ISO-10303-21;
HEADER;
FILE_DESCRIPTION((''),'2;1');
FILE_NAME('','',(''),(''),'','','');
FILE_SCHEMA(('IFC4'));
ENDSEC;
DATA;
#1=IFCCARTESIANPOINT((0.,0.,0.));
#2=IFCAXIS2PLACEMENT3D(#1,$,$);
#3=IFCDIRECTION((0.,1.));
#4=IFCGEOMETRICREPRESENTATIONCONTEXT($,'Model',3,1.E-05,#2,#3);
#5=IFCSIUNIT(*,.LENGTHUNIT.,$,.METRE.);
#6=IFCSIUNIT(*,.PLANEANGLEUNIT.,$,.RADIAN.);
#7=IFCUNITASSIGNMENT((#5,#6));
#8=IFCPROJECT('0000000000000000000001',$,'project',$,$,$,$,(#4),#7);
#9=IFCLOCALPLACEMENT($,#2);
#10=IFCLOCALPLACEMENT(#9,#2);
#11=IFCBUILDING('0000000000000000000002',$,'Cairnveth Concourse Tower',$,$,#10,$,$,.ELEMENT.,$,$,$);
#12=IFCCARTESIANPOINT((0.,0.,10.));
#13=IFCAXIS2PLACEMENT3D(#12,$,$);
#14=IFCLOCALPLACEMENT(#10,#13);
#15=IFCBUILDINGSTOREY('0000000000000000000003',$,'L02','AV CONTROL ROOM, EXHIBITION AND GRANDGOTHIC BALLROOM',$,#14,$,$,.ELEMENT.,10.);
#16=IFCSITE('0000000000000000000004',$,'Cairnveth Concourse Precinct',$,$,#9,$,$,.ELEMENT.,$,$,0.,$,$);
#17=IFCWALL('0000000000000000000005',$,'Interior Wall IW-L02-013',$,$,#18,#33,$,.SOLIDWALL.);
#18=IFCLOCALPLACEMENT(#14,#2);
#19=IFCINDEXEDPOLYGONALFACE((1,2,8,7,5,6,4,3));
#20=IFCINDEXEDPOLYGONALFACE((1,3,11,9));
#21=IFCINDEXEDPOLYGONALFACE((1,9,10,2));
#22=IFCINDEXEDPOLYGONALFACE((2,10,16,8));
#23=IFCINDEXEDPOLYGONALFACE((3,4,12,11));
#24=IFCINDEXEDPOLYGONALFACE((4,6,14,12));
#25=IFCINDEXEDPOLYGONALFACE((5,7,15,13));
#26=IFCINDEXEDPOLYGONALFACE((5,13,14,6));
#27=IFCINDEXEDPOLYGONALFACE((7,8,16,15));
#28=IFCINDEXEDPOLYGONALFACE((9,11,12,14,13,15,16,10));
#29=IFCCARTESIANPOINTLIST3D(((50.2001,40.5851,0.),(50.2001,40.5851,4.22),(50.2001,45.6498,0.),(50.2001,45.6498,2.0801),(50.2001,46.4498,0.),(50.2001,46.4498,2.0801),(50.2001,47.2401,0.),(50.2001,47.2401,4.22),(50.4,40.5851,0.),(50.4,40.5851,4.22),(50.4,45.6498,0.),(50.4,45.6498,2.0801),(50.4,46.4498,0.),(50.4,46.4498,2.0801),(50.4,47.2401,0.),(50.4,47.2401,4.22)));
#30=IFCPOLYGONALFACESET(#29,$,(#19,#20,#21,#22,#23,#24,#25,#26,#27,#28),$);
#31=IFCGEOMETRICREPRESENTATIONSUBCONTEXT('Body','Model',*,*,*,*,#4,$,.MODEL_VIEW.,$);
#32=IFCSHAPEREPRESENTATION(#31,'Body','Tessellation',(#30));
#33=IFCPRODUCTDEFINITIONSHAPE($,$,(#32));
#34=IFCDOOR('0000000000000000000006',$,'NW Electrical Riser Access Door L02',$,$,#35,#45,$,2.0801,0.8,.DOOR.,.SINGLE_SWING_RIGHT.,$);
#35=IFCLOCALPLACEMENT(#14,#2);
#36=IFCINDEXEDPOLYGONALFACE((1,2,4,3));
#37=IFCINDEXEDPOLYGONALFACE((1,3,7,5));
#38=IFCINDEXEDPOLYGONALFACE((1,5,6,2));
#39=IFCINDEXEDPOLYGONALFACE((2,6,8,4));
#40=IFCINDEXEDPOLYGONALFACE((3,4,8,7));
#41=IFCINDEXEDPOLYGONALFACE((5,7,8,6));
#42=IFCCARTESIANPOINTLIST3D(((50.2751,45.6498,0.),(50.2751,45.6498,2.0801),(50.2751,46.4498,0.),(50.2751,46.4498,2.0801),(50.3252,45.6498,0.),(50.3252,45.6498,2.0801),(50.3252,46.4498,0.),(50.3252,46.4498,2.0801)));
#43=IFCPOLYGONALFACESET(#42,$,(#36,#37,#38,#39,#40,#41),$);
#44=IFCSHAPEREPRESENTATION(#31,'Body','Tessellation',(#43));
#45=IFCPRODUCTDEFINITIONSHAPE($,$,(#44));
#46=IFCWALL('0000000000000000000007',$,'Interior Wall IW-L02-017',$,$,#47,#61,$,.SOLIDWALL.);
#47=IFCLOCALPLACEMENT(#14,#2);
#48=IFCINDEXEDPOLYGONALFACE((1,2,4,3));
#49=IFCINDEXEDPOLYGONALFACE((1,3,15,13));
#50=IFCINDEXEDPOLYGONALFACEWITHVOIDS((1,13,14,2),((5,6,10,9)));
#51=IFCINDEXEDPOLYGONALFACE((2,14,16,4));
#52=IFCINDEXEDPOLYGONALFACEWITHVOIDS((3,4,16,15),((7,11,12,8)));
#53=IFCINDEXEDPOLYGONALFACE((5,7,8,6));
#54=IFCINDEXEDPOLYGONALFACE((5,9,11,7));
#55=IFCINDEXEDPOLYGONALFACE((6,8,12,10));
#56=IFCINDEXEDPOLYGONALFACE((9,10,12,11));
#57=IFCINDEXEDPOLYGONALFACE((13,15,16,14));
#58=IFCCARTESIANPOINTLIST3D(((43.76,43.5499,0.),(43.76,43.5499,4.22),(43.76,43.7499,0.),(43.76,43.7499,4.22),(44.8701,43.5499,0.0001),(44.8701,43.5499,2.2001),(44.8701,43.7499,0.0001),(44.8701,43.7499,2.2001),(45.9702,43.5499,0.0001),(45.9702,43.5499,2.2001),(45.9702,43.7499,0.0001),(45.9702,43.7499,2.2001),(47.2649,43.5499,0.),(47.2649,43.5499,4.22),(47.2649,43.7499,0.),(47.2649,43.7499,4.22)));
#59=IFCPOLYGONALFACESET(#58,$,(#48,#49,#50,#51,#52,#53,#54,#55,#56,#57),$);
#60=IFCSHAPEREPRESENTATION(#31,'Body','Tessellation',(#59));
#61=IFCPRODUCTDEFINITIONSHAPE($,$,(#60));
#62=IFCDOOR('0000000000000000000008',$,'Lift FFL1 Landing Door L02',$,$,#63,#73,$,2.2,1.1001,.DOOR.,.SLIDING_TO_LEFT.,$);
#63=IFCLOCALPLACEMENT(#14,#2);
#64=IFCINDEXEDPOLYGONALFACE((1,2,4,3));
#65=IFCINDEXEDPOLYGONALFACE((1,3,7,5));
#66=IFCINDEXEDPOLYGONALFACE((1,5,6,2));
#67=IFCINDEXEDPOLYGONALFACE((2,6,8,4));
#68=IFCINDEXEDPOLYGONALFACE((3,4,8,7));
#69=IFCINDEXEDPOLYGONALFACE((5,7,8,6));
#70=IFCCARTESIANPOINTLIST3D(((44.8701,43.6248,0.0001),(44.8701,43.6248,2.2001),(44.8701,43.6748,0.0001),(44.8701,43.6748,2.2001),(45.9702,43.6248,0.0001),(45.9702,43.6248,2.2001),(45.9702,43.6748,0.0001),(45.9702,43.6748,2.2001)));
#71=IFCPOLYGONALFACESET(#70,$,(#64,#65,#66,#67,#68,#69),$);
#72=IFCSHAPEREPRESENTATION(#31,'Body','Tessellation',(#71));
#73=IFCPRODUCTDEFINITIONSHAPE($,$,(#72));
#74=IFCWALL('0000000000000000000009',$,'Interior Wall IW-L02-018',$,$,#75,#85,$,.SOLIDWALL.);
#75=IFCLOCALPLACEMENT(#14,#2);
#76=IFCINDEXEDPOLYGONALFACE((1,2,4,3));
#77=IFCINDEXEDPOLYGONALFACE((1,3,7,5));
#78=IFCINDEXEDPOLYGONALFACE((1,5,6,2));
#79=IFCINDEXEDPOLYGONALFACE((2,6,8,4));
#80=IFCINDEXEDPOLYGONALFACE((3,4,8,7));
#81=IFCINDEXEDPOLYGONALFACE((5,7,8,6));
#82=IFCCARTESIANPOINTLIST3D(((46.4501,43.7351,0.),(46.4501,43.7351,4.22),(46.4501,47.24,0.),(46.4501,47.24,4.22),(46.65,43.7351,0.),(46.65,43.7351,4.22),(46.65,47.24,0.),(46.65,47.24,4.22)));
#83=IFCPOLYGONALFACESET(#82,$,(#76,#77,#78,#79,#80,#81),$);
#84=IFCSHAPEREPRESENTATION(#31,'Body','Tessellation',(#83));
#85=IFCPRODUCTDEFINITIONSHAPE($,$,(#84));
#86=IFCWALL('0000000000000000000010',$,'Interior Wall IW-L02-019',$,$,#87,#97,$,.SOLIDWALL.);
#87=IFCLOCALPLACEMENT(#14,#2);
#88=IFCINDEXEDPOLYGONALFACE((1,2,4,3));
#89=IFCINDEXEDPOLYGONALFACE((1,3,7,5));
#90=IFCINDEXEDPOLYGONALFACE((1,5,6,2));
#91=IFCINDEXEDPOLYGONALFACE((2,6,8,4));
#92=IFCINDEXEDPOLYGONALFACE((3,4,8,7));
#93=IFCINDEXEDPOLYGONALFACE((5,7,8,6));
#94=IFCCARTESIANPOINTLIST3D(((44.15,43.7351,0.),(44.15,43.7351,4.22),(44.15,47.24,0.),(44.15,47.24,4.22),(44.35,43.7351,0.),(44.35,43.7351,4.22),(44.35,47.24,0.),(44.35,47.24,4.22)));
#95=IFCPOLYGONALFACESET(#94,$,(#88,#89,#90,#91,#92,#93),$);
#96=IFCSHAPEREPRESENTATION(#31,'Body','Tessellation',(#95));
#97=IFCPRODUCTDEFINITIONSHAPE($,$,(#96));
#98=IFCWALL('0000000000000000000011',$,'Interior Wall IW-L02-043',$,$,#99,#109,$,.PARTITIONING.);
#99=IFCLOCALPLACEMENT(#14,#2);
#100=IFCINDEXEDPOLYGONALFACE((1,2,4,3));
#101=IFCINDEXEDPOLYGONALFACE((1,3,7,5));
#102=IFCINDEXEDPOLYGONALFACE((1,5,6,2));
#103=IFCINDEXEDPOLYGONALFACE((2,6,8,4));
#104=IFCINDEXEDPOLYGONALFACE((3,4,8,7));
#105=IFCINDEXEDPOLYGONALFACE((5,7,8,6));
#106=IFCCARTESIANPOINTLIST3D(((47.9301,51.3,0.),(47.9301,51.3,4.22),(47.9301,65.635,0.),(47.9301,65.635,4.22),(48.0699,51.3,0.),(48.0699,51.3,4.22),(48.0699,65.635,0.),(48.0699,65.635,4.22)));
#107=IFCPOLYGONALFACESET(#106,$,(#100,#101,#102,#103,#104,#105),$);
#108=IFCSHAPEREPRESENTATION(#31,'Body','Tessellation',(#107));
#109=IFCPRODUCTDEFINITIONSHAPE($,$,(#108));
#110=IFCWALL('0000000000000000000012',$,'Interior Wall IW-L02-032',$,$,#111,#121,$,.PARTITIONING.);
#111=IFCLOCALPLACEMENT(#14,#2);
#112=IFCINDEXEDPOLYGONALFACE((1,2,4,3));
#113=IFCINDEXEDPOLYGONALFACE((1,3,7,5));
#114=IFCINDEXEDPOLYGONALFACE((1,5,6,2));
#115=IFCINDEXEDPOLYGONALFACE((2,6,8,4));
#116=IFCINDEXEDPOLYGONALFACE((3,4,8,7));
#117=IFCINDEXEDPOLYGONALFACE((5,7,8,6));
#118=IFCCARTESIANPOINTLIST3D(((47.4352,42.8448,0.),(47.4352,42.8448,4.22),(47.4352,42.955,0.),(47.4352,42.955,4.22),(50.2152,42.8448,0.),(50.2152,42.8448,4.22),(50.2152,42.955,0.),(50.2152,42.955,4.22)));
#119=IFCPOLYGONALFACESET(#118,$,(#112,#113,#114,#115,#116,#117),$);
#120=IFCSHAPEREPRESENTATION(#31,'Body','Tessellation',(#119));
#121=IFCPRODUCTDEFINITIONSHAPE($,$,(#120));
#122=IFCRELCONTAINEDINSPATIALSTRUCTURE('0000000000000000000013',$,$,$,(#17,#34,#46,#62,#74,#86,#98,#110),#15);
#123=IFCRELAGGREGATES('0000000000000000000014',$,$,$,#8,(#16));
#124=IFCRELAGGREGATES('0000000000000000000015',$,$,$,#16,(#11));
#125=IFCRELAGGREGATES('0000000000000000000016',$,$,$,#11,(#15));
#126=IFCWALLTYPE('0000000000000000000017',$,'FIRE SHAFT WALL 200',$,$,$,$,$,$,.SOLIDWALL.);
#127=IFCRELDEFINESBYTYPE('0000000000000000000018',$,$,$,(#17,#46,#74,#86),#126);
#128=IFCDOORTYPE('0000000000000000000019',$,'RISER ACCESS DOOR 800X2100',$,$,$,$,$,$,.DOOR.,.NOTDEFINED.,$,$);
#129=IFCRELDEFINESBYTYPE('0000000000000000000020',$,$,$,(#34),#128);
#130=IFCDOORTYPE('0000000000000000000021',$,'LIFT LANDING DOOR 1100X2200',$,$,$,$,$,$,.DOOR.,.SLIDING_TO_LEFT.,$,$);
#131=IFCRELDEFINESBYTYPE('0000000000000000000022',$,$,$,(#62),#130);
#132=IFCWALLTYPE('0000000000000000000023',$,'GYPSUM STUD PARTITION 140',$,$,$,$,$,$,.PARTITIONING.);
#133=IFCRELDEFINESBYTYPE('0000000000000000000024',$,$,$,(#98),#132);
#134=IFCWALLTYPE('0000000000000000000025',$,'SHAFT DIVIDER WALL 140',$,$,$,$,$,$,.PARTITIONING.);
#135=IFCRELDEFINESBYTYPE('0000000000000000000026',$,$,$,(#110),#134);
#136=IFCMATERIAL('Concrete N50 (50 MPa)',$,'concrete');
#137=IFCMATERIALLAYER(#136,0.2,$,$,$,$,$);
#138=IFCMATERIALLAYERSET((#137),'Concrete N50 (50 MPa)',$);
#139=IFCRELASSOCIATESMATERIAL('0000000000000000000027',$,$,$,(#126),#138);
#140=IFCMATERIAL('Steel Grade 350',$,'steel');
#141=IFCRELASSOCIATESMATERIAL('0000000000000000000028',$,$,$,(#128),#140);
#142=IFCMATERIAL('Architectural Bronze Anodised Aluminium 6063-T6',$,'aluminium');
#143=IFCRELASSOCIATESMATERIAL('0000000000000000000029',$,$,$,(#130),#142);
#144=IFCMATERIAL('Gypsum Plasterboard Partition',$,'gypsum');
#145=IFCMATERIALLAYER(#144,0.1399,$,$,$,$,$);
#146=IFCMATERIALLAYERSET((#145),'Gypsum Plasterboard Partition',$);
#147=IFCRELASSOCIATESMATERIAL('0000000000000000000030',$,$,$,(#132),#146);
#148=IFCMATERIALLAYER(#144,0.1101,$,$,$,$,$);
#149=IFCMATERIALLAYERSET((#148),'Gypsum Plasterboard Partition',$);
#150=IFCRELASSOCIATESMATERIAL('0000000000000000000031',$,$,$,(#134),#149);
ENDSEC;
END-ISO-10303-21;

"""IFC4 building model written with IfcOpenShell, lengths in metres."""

from ifc_helpers import new_model, si_unit, direction, frame, frame_2d, origin, place, context, subcontext, project, spatial, rectangle, extrude, material, layer, layer_set, type_object, element, fill, save


model = new_model("IFC4")

# Units and contexts
model_context = context("Model", 3, precision=1e-05, world=origin(), true_north=direction((0.0, 1.0)))
body_context = subcontext(model_context, "Body", "Model", "MODEL_VIEW")
ifc_project = project(units=[si_unit("LENGTHUNIT", "METRE"), si_unit("PLANEANGLEUNIT", "RADIAN")], contexts=[model_context])

# Site, building, storey
site_placement = place(None, origin())
site = spatial("IfcSite", under=ifc_project, at=site_placement, Name="Cairnveth Concourse Precinct", CompositionType="ELEMENT", RefElevation=0.0)
building_placement = place(site_placement, origin())
building = spatial("IfcBuilding", under=site, at=building_placement, Name="Cairnveth Concourse Tower", CompositionType="ELEMENT")
storey_placement = place(building_placement, frame((0.0, 0.0, 10.0)))
storey = spatial("IfcBuildingStorey", under=building, at=storey_placement, Name="L02", Description="AV CONTROL ROOM, EXHIBITION AND GRANDGOTHIC BALLROOM", CompositionType="ELEMENT", Elevation=10.0)

# Shared definitions
ifc_material_1 = material(Name="Architectural Bronze Anodised Aluminium 6063-T6", Category="aluminium")

# Shared definitions
ifc_material_2 = material(Name="Steel Grade 350", Category="steel")

# Shared definitions
ifc_material_3 = material(Name="Concrete N50 (50 MPa)", Category="concrete")
ifc_layer_1 = layer(ifc_material_3, 0.2)
ifc_layer_set_1 = layer_set([ifc_layer_1], Name="Concrete N50 (50 MPa)")
wall_type_1 = type_object("IfcWallType", Name="FIRE SHAFT WALL 200", PredefinedType="SOLIDWALL", material=ifc_layer_set_1)

# Walls, openings, doors
wall_1_placement = place(storey_placement, frame((50.3, 40.585, 0.0), z_axis=(0.0, 0.0, 1.0), x_axis=(0.0, 1.0, 0.0)))
wall_1 = element("IfcWall", 1, at=wall_1_placement, inside=storey, type_object=wall_type_1, Name="Interior Wall IW-L02-013", PredefinedType="SOLIDWALL", context=body_context, shape_type="SweptSolid", body=[
    extrude(rectangle(XDim=6.655, YDim=0.2, at=frame_2d((3.3276, 0.0))), origin(), (0.0, 0.0, 1.0), 4.22),
])
opening_1_placement = place(wall_1_placement, frame((5.0649, 0.0, 0.0)))
opening_1 = element("IfcOpeningElement", 2, at=opening_1_placement, cuts=wall_1, PredefinedType="OPENING", context=body_context, shape_type="SweptSolid", body=[
    extrude(rectangle(XDim=0.8, YDim=2.0801, at=frame_2d((0.3999, 1.04))), frame((0.0, 0.1099, 0.0), z_axis=(0.0, -1.0, 0.0), x_axis=(1.0, 0.0, 0.0)), (0.0, 0.0, 1.0), 0.22),
])
door_type_1 = type_object("IfcDoorType", Name="RISER ACCESS DOOR 800X2100", OperationType="NOTDEFINED", PredefinedType="DOOR", material=ifc_material_2)
door_1_placement = place(opening_1_placement, origin())
door_1 = element("IfcDoor", 3, at=door_1_placement, inside=storey, type_object=door_type_1, Name="NW Electrical Riser Access Door L02", OperationType="SINGLE_SWING_RIGHT", OverallHeight=2.0801, OverallWidth=0.8, PredefinedType="DOOR", context=body_context, shape_type="SweptSolid", body=[
    extrude(rectangle(XDim=0.8, YDim=2.0801, at=frame_2d((0.3999, 1.04))), frame((0.0, 0.0249, 0.0), z_axis=(0.0, -1.0, 0.0), x_axis=(1.0, 0.0, 0.0)), (0.0, 0.0, 1.0), 0.05),
])
fill(opening_1, door_1)
wall_2_placement = place(storey_placement, frame((43.76, 43.6499, 0.0), z_axis=(0.0, 0.0, 1.0), x_axis=(1.0, 0.0, 0.0)))
wall_2 = element("IfcWall", 4, at=wall_2_placement, inside=storey, type_object=wall_type_1, Name="Interior Wall IW-L02-017", PredefinedType="SOLIDWALL", context=body_context, shape_type="SweptSolid", body=[
    extrude(rectangle(XDim=3.5049, YDim=0.2, at=frame_2d((1.7524, 0.0))), origin(), (0.0, 0.0, 1.0), 4.22),
])
opening_2_placement = place(wall_2_placement, frame((1.1101, 0.0, 0.0)))
opening_2 = element("IfcOpeningElement", 5, at=opening_2_placement, cuts=wall_2, PredefinedType="OPENING", context=body_context, shape_type="SweptSolid", body=[
    extrude(rectangle(XDim=1.1001, YDim=2.2, at=frame_2d((0.55, 1.1001))), frame((0.0, 0.1099, 0.0), z_axis=(0.0, -1.0, 0.0), x_axis=(1.0, 0.0, 0.0)), (0.0, 0.0, 1.0), 0.22),
])
door_type_2 = type_object("IfcDoorType", Name="LIFT LANDING DOOR 1100X2200", OperationType="SLIDING_TO_LEFT", PredefinedType="DOOR", material=ifc_material_1)
door_2_placement = place(opening_2_placement, origin())
door_2 = element("IfcDoor", 6, at=door_2_placement, inside=storey, type_object=door_type_2, Name="Lift FFL1 Landing Door L02", OperationType="SLIDING_TO_LEFT", OverallHeight=2.2, OverallWidth=1.1001, PredefinedType="DOOR", context=body_context, shape_type="SweptSolid", body=[
    extrude(rectangle(XDim=1.1001, YDim=2.2, at=frame_2d((0.55, 1.1001))), frame((0.0, 0.0249, 0.0), z_axis=(0.0, -1.0, 0.0), x_axis=(1.0, 0.0, 0.0)), (0.0, 0.0, 1.0), 0.05),
])
fill(opening_2, door_2)

# Walls
for number, where, z_axis, x_axis, name in (
    (7, (46.55, 43.7351, 0.0), (0.0, 0.0, 1.0), (0.0, 1.0, 0.0), "Interior Wall IW-L02-018"),
    (8, (44.25, 43.7351, 0.0), (0.0, 0.0, 1.0), (0.0, 1.0, 0.0), "Interior Wall IW-L02-019"),
):
    element("IfcWall", number, at=place(storey_placement, frame(where, z_axis=z_axis, x_axis=x_axis)), inside=storey, type_object=wall_type_1, Name=name, PredefinedType="SOLIDWALL", context=body_context, shape_type="SweptSolid", body=[
        extrude(rectangle(XDim=3.5049, YDim=0.2, at=frame_2d((1.7524, 0.0))), origin(), (0.0, 0.0, 1.0), 4.22),
    ])
ifc_material_4 = material(Name="Gypsum Plasterboard Partition", Category="gypsum")
ifc_layer_2 = layer(ifc_material_4, 0.1399)
ifc_layer_set_2 = layer_set([ifc_layer_2], Name="Gypsum Plasterboard Partition")
wall_type_2 = type_object("IfcWallType", Name="GYPSUM STUD PARTITION 140", PredefinedType="PARTITIONING", material=ifc_layer_set_2)
wall_3_placement = place(storey_placement, frame((48.0, 51.3, 0.0), z_axis=(0.0, 0.0, 1.0), x_axis=(0.0, 1.0, 0.0)))
element("IfcWall", 9, at=wall_3_placement, inside=storey, type_object=wall_type_2, Name="Interior Wall IW-L02-043", PredefinedType="PARTITIONING", context=body_context, shape_type="SweptSolid", body=[
    extrude(rectangle(XDim=14.335, YDim=0.1399, at=frame_2d((7.1675, 0.0))), origin(), (0.0, 0.0, 1.0), 4.22),
])
ifc_layer_3 = layer(ifc_material_4, 0.1101)
ifc_layer_set_3 = layer_set([ifc_layer_3], Name="Gypsum Plasterboard Partition")
wall_type_3 = type_object("IfcWallType", Name="SHAFT DIVIDER WALL 140", PredefinedType="PARTITIONING", material=ifc_layer_set_3)
wall_4_placement = place(storey_placement, frame((47.4351, 42.8999, 0.0), z_axis=(0.0, 0.0, 1.0), x_axis=(1.0, 0.0, 0.0)))
element("IfcWall", 10, at=wall_4_placement, inside=storey, type_object=wall_type_3, Name="Interior Wall IW-L02-032", PredefinedType="PARTITIONING", context=body_context, shape_type="SweptSolid", body=[
    extrude(rectangle(XDim=2.78, YDim=0.1101, at=frame_2d((1.3901, 0.0))), origin(), (0.0, 0.0, 1.0), 4.22),
])

save(model, "model.ifc")
